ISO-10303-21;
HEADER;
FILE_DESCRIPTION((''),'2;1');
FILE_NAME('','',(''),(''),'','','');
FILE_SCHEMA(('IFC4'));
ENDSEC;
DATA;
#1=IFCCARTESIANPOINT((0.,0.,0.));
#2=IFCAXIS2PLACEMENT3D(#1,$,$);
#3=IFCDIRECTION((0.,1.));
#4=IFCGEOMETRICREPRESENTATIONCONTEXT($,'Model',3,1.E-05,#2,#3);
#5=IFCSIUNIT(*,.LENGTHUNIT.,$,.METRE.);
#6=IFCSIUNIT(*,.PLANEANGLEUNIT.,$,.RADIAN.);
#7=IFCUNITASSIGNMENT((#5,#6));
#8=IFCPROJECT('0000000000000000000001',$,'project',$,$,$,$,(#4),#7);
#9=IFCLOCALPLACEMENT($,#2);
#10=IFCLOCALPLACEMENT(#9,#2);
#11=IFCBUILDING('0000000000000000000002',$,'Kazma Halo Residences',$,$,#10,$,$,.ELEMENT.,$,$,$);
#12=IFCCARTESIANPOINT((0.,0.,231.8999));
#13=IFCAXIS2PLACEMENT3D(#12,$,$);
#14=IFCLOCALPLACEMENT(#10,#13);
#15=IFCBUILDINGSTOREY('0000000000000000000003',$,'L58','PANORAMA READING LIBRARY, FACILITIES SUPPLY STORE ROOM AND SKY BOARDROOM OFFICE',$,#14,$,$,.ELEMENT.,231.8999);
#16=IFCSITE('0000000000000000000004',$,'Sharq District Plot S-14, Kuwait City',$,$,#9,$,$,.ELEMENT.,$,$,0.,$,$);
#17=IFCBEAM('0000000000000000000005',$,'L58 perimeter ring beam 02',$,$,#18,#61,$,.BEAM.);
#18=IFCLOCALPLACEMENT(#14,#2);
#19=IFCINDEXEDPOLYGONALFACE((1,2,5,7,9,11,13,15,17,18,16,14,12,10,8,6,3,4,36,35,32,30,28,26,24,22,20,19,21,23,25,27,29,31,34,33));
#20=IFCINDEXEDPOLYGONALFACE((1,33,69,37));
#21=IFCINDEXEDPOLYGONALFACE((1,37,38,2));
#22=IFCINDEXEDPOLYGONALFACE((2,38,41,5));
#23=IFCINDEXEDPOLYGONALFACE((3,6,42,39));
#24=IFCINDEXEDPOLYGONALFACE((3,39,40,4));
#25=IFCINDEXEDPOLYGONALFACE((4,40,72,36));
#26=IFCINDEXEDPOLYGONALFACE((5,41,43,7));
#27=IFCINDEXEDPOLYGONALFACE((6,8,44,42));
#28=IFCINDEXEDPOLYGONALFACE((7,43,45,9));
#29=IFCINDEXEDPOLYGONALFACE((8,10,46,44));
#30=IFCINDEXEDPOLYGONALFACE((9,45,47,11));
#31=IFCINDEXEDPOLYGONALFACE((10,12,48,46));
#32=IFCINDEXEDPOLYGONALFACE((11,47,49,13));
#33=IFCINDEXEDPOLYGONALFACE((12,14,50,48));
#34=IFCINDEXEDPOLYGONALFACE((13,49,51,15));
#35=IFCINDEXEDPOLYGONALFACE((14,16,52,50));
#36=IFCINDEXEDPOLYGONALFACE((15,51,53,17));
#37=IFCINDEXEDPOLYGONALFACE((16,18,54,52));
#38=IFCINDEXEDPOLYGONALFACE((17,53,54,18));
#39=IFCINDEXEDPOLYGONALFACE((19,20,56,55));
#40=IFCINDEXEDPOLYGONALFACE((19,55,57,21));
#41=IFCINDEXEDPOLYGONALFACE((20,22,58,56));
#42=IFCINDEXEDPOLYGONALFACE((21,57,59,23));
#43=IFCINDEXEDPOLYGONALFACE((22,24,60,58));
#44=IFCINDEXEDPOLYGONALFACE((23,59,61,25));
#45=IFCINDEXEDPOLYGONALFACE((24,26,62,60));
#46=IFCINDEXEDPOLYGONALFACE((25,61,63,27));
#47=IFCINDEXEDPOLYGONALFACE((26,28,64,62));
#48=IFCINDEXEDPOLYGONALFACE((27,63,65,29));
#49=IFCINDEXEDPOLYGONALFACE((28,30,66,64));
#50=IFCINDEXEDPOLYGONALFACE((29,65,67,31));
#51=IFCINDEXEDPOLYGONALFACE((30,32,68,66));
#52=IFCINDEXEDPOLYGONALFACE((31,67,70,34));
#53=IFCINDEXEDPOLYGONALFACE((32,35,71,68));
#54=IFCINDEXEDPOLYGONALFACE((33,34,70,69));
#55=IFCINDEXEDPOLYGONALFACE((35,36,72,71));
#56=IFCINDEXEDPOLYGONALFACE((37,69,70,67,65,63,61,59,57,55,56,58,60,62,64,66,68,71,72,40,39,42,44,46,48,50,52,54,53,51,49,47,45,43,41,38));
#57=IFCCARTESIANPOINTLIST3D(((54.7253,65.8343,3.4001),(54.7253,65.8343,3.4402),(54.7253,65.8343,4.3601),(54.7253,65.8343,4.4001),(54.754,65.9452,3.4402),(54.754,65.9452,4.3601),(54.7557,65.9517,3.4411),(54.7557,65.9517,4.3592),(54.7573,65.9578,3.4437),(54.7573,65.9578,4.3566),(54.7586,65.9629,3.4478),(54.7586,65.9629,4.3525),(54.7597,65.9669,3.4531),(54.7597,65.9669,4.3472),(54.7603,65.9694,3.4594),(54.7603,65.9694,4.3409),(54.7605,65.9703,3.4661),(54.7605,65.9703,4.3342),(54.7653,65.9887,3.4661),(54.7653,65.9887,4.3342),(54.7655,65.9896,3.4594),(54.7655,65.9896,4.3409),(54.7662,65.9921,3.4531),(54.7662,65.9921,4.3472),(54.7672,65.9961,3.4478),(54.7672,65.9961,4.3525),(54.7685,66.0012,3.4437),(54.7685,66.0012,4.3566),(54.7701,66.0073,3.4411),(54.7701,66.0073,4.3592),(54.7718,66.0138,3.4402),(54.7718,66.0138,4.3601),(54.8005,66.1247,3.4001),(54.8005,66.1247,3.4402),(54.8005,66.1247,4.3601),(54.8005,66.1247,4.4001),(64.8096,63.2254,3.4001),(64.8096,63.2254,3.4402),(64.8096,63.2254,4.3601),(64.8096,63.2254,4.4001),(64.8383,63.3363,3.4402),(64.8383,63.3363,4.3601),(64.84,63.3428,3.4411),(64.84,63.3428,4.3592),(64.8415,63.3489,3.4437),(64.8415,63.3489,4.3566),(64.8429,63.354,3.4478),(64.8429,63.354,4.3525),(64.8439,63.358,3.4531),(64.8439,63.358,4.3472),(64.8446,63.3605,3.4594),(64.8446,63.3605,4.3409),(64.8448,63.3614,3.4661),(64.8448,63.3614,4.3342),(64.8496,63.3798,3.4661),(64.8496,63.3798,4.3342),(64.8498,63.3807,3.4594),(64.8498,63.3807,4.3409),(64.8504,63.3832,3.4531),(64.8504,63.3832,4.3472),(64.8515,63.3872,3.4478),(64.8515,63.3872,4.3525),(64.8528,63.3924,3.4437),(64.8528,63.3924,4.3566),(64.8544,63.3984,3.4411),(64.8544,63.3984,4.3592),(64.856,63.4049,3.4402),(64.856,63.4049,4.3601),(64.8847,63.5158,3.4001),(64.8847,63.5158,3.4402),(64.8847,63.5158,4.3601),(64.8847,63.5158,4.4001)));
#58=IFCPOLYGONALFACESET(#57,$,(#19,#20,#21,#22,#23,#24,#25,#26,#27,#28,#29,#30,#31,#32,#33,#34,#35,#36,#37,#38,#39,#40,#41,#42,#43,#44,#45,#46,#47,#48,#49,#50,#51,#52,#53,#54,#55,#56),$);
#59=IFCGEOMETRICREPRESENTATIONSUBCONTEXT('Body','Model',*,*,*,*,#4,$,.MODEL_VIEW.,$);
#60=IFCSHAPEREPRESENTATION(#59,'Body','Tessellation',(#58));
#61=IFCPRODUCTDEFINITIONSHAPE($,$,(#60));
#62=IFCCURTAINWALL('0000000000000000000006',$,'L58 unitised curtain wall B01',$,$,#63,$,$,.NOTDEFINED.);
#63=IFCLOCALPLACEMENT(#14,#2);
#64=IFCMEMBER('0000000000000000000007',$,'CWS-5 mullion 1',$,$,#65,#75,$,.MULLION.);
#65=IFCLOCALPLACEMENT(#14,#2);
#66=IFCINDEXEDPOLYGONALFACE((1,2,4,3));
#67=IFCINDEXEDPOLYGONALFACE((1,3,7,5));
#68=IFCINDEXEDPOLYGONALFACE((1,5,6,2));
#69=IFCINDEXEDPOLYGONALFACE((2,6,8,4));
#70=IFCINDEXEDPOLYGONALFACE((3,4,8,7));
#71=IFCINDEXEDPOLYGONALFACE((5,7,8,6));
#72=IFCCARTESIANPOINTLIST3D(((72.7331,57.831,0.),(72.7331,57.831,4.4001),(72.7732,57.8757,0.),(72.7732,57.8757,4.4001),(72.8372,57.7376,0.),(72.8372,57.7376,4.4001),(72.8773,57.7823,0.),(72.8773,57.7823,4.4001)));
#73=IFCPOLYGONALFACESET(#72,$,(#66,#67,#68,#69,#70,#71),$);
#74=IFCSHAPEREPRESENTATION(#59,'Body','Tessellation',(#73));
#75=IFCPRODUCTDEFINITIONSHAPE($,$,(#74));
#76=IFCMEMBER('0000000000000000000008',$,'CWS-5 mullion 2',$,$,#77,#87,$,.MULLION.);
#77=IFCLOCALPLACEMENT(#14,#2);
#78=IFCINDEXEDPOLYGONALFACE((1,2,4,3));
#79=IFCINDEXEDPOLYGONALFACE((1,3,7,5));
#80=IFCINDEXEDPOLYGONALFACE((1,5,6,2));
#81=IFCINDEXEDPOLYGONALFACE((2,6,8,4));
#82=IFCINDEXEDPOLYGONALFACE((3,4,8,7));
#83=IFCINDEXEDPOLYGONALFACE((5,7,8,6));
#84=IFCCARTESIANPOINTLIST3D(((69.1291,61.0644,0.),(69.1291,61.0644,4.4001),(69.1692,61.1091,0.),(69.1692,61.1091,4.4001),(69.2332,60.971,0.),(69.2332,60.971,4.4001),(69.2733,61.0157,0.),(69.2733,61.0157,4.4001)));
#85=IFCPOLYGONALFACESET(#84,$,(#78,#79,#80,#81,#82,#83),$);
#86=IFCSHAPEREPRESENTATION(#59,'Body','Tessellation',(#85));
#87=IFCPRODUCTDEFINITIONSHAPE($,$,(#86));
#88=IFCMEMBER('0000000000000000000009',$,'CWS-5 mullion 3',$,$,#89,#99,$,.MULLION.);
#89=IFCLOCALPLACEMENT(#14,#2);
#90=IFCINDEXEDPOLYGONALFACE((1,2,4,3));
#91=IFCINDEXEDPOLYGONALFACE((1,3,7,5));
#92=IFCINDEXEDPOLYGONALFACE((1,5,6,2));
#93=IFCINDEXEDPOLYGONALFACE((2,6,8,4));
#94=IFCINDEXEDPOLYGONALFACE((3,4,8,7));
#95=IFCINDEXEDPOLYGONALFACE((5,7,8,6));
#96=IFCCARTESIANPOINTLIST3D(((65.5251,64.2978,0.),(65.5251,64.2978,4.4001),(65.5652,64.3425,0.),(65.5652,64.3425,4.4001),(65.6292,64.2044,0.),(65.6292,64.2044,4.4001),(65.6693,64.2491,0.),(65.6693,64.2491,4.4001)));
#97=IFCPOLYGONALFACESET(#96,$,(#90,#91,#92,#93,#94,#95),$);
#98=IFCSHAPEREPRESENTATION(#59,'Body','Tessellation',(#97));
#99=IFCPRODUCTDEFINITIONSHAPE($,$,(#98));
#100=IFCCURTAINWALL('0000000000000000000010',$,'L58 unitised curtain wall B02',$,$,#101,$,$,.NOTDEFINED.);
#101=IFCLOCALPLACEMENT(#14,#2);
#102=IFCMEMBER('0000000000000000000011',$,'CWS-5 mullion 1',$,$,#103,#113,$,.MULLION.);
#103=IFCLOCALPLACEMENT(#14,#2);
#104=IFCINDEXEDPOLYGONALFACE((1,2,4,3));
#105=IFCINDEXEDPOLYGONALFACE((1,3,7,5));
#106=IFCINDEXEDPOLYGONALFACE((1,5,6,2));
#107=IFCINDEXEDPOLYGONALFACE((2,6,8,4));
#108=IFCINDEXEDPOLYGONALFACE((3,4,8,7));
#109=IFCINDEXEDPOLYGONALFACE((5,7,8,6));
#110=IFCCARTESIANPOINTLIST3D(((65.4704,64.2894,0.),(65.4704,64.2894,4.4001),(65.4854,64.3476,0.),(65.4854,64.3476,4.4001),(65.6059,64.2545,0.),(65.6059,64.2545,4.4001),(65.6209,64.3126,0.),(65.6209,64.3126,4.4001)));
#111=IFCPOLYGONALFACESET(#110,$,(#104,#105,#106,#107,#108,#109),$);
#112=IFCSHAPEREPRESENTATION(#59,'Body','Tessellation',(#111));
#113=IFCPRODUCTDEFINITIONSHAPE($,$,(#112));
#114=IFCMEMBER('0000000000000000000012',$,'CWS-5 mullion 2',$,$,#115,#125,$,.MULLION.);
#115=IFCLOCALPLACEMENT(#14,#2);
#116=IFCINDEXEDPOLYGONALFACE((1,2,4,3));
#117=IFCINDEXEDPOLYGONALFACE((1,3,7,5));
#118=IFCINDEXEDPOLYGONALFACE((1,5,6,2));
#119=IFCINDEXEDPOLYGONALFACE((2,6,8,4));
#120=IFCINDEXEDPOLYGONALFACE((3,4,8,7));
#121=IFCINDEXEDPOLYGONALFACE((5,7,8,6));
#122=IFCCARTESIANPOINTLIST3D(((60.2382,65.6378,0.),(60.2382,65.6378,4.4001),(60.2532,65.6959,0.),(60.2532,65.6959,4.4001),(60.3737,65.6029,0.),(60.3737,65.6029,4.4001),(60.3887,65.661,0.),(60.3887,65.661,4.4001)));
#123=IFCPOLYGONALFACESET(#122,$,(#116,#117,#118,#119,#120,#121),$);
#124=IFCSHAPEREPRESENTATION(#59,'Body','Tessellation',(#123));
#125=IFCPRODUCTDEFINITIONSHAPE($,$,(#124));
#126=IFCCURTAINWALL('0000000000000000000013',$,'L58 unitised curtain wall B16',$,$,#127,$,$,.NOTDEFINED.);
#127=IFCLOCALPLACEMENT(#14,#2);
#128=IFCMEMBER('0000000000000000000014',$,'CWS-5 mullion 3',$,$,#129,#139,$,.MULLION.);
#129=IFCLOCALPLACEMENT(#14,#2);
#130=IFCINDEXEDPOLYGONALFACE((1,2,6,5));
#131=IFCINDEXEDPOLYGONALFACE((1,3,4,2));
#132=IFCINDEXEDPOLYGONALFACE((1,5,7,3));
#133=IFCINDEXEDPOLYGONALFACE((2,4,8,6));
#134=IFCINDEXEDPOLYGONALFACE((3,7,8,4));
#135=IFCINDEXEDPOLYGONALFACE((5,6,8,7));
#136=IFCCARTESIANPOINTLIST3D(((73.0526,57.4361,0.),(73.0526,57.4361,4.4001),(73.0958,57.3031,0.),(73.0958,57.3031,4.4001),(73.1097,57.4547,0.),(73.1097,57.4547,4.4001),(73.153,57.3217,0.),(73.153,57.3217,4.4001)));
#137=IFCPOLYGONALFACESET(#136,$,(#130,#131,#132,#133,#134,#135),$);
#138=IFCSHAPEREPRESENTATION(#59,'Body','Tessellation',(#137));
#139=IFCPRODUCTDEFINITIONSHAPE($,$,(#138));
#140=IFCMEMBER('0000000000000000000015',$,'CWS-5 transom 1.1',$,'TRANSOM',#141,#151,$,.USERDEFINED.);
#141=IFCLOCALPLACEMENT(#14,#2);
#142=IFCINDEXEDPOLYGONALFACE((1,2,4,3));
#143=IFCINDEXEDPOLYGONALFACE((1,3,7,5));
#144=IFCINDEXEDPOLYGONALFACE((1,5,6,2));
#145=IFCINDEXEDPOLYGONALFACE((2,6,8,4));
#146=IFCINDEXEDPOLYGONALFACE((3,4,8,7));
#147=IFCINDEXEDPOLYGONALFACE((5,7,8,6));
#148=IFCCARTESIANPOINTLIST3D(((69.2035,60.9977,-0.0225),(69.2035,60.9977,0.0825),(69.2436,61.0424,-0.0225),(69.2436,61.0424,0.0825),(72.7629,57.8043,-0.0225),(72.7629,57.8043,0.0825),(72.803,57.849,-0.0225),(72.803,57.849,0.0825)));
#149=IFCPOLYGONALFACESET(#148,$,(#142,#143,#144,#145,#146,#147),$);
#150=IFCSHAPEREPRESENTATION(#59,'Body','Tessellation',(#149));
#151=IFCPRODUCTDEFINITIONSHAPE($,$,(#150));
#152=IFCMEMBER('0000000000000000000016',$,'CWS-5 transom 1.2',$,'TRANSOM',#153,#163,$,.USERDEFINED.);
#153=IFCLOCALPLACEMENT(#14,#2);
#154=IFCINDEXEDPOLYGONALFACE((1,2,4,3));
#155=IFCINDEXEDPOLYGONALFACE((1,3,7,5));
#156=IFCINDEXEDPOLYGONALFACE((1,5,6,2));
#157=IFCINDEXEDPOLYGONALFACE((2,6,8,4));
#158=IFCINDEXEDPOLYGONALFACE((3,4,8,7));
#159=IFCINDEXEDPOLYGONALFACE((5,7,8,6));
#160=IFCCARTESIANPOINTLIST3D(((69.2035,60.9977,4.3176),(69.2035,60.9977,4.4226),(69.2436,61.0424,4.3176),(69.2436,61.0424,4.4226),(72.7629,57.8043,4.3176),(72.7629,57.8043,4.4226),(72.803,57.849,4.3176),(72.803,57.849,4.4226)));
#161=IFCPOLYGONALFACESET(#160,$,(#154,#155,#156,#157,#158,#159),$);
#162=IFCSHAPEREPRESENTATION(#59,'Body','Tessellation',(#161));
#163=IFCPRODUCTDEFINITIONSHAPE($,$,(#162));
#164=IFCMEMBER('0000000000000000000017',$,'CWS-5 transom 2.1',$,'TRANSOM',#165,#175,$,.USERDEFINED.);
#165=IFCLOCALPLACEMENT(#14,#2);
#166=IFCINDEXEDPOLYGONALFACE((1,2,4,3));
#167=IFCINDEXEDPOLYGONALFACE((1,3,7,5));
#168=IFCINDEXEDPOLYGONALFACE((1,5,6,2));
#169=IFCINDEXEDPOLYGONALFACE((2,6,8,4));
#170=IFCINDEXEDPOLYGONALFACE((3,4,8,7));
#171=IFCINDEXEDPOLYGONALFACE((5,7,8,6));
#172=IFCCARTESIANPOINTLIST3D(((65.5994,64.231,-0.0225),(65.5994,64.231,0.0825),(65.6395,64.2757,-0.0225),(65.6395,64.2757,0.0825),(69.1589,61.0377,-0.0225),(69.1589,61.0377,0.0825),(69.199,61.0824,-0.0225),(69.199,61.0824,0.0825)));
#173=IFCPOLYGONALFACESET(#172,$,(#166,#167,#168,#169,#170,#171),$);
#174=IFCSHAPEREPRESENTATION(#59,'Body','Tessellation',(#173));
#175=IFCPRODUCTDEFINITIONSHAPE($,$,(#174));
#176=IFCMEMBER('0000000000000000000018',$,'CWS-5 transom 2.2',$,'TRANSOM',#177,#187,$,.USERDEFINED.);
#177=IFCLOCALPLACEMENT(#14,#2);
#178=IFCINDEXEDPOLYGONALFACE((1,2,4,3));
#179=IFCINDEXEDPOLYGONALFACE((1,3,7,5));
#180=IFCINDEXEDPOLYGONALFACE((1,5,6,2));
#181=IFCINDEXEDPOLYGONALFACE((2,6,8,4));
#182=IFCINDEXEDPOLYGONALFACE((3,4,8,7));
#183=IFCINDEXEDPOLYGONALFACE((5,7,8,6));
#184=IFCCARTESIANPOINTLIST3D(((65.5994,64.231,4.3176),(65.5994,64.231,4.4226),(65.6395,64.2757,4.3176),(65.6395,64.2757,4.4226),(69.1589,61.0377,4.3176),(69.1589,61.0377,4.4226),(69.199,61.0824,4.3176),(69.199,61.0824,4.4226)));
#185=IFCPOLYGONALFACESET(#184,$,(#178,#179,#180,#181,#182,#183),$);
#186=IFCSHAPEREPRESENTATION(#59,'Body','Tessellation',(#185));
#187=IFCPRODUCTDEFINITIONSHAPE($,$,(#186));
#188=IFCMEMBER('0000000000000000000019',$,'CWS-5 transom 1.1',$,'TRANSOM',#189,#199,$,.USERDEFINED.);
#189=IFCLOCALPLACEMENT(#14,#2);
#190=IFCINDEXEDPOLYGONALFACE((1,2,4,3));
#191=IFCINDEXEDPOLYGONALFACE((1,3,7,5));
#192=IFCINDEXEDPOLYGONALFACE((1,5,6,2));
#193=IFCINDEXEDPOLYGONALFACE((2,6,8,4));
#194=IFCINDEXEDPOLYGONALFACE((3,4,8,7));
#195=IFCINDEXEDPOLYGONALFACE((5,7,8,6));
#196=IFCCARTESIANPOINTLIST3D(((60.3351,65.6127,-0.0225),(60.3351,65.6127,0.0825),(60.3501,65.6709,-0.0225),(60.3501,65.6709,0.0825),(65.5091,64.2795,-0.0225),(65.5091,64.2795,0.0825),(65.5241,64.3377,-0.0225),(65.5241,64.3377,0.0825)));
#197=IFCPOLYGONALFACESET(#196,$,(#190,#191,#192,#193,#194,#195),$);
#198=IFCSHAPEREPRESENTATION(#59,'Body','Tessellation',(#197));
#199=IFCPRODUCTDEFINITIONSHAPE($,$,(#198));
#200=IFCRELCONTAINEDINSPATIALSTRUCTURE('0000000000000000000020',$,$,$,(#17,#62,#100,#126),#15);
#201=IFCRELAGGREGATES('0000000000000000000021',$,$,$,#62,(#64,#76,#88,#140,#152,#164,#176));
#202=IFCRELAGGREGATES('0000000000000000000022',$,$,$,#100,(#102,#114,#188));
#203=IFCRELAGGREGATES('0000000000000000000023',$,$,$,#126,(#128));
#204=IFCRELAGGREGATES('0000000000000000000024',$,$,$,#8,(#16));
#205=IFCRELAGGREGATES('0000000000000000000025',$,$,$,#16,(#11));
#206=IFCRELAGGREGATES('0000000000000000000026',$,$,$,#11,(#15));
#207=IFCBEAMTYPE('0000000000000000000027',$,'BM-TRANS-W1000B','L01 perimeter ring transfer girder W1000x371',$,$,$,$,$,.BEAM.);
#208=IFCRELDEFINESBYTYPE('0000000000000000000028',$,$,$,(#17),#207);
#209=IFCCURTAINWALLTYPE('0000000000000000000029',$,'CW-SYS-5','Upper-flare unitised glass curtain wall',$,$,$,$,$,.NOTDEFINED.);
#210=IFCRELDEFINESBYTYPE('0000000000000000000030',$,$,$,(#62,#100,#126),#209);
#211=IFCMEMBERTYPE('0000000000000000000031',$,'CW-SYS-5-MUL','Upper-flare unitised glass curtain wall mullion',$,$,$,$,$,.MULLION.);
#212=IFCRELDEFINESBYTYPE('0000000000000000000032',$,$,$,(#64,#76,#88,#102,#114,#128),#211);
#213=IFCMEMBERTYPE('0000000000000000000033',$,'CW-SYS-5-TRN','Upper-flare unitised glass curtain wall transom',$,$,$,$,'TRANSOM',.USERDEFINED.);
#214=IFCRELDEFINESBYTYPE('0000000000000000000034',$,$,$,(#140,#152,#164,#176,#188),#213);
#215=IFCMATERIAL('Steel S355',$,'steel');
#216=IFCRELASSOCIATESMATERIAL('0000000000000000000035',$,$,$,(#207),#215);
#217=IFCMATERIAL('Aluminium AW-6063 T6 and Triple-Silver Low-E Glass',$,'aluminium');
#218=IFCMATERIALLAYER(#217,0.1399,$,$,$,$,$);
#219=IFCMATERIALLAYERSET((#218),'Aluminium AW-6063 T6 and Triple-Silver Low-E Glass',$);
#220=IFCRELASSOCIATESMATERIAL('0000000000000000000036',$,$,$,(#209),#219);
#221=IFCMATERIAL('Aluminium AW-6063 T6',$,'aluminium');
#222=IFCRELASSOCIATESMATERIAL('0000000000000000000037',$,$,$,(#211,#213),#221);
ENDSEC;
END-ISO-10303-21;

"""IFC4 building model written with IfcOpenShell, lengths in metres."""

from ifc_helpers import new_model, si_unit, direction, frame, origin, origin_2d, place, context, subcontext, project, spatial, rectangle, i_section, extrude, material, layer, layer_set, material_profile, profile_set, type_object, element, aggregate, save


model = new_model("IFC4")

# Units and contexts
model_context = context("Model", 3, precision=1e-05, world=origin(), true_north=direction((0.0, 1.0)))
body_context = subcontext(model_context, "Body", "Model", "MODEL_VIEW")
ifc_project = project(units=[si_unit("LENGTHUNIT", "METRE"), si_unit("PLANEANGLEUNIT", "RADIAN")], contexts=[model_context])

# Site, building, storey
site_placement = place(None, origin())
site = spatial("IfcSite", under=ifc_project, at=site_placement, Name="Sharq District Plot S-14, Kuwait City", CompositionType="ELEMENT", RefElevation=0.0)
building_placement = place(site_placement, origin())
building = spatial("IfcBuilding", under=site, at=building_placement, Name="Kazma Halo Residences", CompositionType="ELEMENT")
storey_placement = place(building_placement, frame((0.0, 0.0, 231.8999)))
storey = spatial("IfcBuildingStorey", under=building, at=storey_placement, Name="L58", Description="PANORAMA READING LIBRARY, FACILITIES SUPPLY STORE ROOM AND SKY BOARDROOM OFFICE", CompositionType="ELEMENT", Elevation=231.8999)

# Beam
ifc_material_1 = material(Name="Steel S355", Category="steel")
ifc_material_profile_1 = material_profile(ifc_material_1, i_section(OverallWidth=0.3, OverallDepth=1.0, WebThickness=0.019, FlangeThickness=0.04, FilletRadius=0.0259, at=origin_2d()), Name="W1000x371")
ifc_profile_set_1 = profile_set([ifc_material_profile_1], Name="Steel S355")
beam_type_1 = type_object("IfcBeamType", Name="BM-TRANS-W1000B", Description="L01 perimeter ring transfer girder W1000x371", PredefinedType="BEAM", material=ifc_profile_set_1)
beam_1_placement = place(storey_placement, frame((64.8472, 63.3706, 3.9001), z_axis=(-0.968126, 0.250464, 0.0), x_axis=(-0.250464, -0.968126, 0.0)))
element("IfcBeam", 1, at=beam_1_placement, inside=storey, type_object=beam_type_1, Name="L58 perimeter ring beam 02", PredefinedType="BEAM", context=body_context, shape_type="SweptSolid", body=[
    extrude(i_section(OverallWidth=0.3, OverallDepth=1.0, WebThickness=0.019, FlangeThickness=0.04, FilletRadius=0.0259, at=origin_2d()), origin(), (0.0, 0.0, 1.0), 10.4163),
])

# Curtain walls, members
ifc_material_2 = material(Name="Aluminium AW-6063 T6 and Triple-Silver Low-E Glass", Category="aluminium")
ifc_layer_1 = layer(ifc_material_2, 0.1399)
ifc_layer_set_1 = layer_set([ifc_layer_1], Name="Aluminium AW-6063 T6 and Triple-Silver Low-E Glass")
curtain_wall_type = type_object("IfcCurtainWallType", Name="CW-SYS-5", Description="Upper-flare unitised glass curtain wall", PredefinedType="NOTDEFINED", material=ifc_layer_set_1)
curtain_wall_1_placement = place(storey_placement, origin())
curtain_wall_1 = element("IfcCurtainWall", 2, at=curtain_wall_1_placement, inside=storey, type_object=curtain_wall_type, Name="L58 unitised curtain wall B01", PredefinedType="NOTDEFINED")
ifc_material_3 = material(Name="Aluminium AW-6063 T6", Category="aluminium")
ifc_material_profile_2 = material_profile(ifc_material_3, rectangle(XDim=0.0601, YDim=0.1399, at=origin_2d()), Name="CWM-60x140")
ifc_profile_set_2 = profile_set([ifc_material_profile_2], Name="Aluminium AW-6063 T6")
member_type_1 = type_object("IfcMemberType", Name="CW-SYS-5-MUL", Description="Upper-flare unitised glass curtain wall mullion", PredefinedType="MULLION", material=ifc_profile_set_2)
member_1_placement = place(storey_placement, frame((72.8052, 57.8066, 0.0), z_axis=(0.0, 0.0, 1.0), x_axis=(-0.6678, -0.74434, 0.0)))
member_1 = element("IfcMember", 3, at=member_1_placement, type_object=member_type_1, Name="CWS-5 mullion 1", PredefinedType="MULLION", context=body_context, shape_type="SweptSolid", body=[
    extrude(rectangle(XDim=0.0601, YDim=0.1399, at=origin_2d()), origin(), (0.0, 0.0, 1.0), 4.4001),
])
member_2_placement = place(storey_placement, frame((69.2012, 61.04, 0.0), z_axis=(0.0, 0.0, 1.0), x_axis=(-0.6678, -0.74434, 0.0)))
member_2 = element("IfcMember", 4, at=member_2_placement, type_object=member_type_1, Name="CWS-5 mullion 2", PredefinedType="MULLION", context=body_context, shape_type="SweptSolid", body=[
    extrude(rectangle(XDim=0.0601, YDim=0.1399, at=origin_2d()), origin(), (0.0, 0.0, 1.0), 4.4001),
])
member_3_placement = place(storey_placement, frame((65.5972, 64.2734, 0.0), z_axis=(0.0, 0.0, 1.0), x_axis=(-0.6678, -0.74434, 0.0)))
member_3 = element("IfcMember", 5, at=member_3_placement, type_object=member_type_1, Name="CWS-5 mullion 3", PredefinedType="MULLION", context=body_context, shape_type="SweptSolid", body=[
    extrude(rectangle(XDim=0.0601, YDim=0.1399, at=origin_2d()), origin(), (0.0, 0.0, 1.0), 4.4001),
])
curtain_wall_2_placement = place(storey_placement, origin())
curtain_wall_2 = element("IfcCurtainWall", 6, at=curtain_wall_2_placement, inside=storey, type_object=curtain_wall_type, Name="L58 unitised curtain wall B02", PredefinedType="NOTDEFINED")
member_4_placement = place(storey_placement, frame((65.5457, 64.301, 0.0), z_axis=(0.0, 0.0, 1.0), x_axis=(-0.249567, -0.968358, 0.0)))
member_4 = element("IfcMember", 7, at=member_4_placement, type_object=member_type_1, Name="CWS-5 mullion 1", PredefinedType="MULLION", context=body_context, shape_type="SweptSolid", body=[
    extrude(rectangle(XDim=0.0601, YDim=0.1399, at=origin_2d()), origin(), (0.0, 0.0, 1.0), 4.4001),
])
member_5_placement = place(storey_placement, frame((60.3135, 65.6494, 0.0), z_axis=(0.0, 0.0, 1.0), x_axis=(-0.249567, -0.968358, 0.0)))
member_5 = element("IfcMember", 8, at=member_5_placement, type_object=member_type_1, Name="CWS-5 mullion 2", PredefinedType="MULLION", context=body_context, shape_type="SweptSolid", body=[
    extrude(rectangle(XDim=0.0601, YDim=0.1399, at=origin_2d()), origin(), (0.0, 0.0, 1.0), 4.4001),
])

# Curtain wall, member
curtain_wall_3_placement = place(storey_placement, origin())
curtain_wall_3 = element("IfcCurtainWall", 9, at=curtain_wall_3_placement, inside=storey, type_object=curtain_wall_type, Name="L58 unitised curtain wall B16", PredefinedType="NOTDEFINED")
member_6_placement = place(storey_placement, frame((73.1028, 57.3789, 0.0), z_axis=(0.0, 0.0, 1.0), x_axis=(-0.951056, -0.30902, 0.0)))
member_6 = element("IfcMember", 10, at=member_6_placement, type_object=member_type_1, Name="CWS-5 mullion 3", PredefinedType="MULLION", context=body_context, shape_type="SweptSolid", body=[
    extrude(rectangle(XDim=0.0601, YDim=0.1399, at=origin_2d()), origin(), (0.0, 0.0, 1.0), 4.4001),
])

# Members
ifc_material_profile_3 = material_profile(ifc_material_3, rectangle(XDim=0.0601, YDim=0.105, at=origin_2d()), Name="CWT-60x105")
ifc_profile_set_3 = profile_set([ifc_material_profile_3], Name="Aluminium AW-6063 T6")
member_type_2 = type_object("IfcMemberType", Name="CW-SYS-5-TRN", Description="Upper-flare unitised glass curtain wall transom", ElementType="TRANSOM", PredefinedType="USERDEFINED", material=ifc_profile_set_3)
member_7_placement = place(storey_placement, frame((72.783, 57.8267, 0.03), z_axis=(-0.744337, 0.667805, 0.0), x_axis=(-0.667805, -0.744337, 0.0)))
member_7 = element("IfcMember", 11, at=member_7_placement, type_object=member_type_2, Name="CWS-5 transom 1.1", ObjectType="TRANSOM", PredefinedType="USERDEFINED", context=body_context, shape_type="SweptSolid", body=[
    extrude(rectangle(XDim=0.0601, YDim=0.105, at=origin_2d()), origin(), (0.0, 0.0, 1.0), 4.782),
])
member_8_placement = place(storey_placement, frame((72.783, 57.8267, 4.3701), z_axis=(-0.744337, 0.667805, 0.0), x_axis=(-0.667805, -0.744337, 0.0)))
member_8 = element("IfcMember", 12, at=member_8_placement, type_object=member_type_2, Name="CWS-5 transom 1.2", ObjectType="TRANSOM", PredefinedType="USERDEFINED", context=body_context, shape_type="SweptSolid", body=[
    extrude(rectangle(XDim=0.0601, YDim=0.105, at=origin_2d()), origin(), (0.0, 0.0, 1.0), 4.782),
])
member_9_placement = place(storey_placement, frame((69.179, 61.0601, 0.03), z_axis=(-0.744359, 0.667779, 0.0), x_axis=(-0.667779, -0.744359, 0.0)))
member_9 = element("IfcMember", 13, at=member_9_placement, type_object=member_type_2, Name="CWS-5 transom 2.1", ObjectType="TRANSOM", PredefinedType="USERDEFINED", context=body_context, shape_type="SweptSolid", body=[
    extrude(rectangle(XDim=0.0601, YDim=0.105, at=origin_2d()), origin(), (0.0, 0.0, 1.0), 4.782),
])
member_10_placement = place(storey_placement, frame((69.179, 61.0601, 4.3701), z_axis=(-0.744359, 0.667779, 0.0), x_axis=(-0.667779, -0.744359, 0.0)))
member_10 = element("IfcMember", 14, at=member_10_placement, type_object=member_type_2, Name="CWS-5 transom 2.2", ObjectType="TRANSOM", PredefinedType="USERDEFINED", context=body_context, shape_type="SweptSolid", body=[
    extrude(rectangle(XDim=0.0601, YDim=0.105, at=origin_2d()), origin(), (0.0, 0.0, 1.0), 4.782),
])
member_11_placement = place(storey_placement, frame((65.5166, 64.3086, 0.03), z_axis=(-0.968367, 0.249528, 0.0), x_axis=(-0.249528, -0.968367, 0.0)))
member_11 = element("IfcMember", 15, at=member_11_placement, type_object=member_type_2, Name="CWS-5 transom 1.1", ObjectType="TRANSOM", PredefinedType="USERDEFINED", context=body_context, shape_type="SweptSolid", body=[
    extrude(rectangle(XDim=0.0601, YDim=0.105, at=origin_2d()), origin(), (0.0, 0.0, 1.0), 5.343),
])

aggregate(curtain_wall_1, [member_1, member_2, member_3, member_7, member_8, member_9, member_10])
aggregate(curtain_wall_2, [member_4, member_5, member_11])
aggregate(curtain_wall_3, [member_6])

save(model, "model.ifc")
